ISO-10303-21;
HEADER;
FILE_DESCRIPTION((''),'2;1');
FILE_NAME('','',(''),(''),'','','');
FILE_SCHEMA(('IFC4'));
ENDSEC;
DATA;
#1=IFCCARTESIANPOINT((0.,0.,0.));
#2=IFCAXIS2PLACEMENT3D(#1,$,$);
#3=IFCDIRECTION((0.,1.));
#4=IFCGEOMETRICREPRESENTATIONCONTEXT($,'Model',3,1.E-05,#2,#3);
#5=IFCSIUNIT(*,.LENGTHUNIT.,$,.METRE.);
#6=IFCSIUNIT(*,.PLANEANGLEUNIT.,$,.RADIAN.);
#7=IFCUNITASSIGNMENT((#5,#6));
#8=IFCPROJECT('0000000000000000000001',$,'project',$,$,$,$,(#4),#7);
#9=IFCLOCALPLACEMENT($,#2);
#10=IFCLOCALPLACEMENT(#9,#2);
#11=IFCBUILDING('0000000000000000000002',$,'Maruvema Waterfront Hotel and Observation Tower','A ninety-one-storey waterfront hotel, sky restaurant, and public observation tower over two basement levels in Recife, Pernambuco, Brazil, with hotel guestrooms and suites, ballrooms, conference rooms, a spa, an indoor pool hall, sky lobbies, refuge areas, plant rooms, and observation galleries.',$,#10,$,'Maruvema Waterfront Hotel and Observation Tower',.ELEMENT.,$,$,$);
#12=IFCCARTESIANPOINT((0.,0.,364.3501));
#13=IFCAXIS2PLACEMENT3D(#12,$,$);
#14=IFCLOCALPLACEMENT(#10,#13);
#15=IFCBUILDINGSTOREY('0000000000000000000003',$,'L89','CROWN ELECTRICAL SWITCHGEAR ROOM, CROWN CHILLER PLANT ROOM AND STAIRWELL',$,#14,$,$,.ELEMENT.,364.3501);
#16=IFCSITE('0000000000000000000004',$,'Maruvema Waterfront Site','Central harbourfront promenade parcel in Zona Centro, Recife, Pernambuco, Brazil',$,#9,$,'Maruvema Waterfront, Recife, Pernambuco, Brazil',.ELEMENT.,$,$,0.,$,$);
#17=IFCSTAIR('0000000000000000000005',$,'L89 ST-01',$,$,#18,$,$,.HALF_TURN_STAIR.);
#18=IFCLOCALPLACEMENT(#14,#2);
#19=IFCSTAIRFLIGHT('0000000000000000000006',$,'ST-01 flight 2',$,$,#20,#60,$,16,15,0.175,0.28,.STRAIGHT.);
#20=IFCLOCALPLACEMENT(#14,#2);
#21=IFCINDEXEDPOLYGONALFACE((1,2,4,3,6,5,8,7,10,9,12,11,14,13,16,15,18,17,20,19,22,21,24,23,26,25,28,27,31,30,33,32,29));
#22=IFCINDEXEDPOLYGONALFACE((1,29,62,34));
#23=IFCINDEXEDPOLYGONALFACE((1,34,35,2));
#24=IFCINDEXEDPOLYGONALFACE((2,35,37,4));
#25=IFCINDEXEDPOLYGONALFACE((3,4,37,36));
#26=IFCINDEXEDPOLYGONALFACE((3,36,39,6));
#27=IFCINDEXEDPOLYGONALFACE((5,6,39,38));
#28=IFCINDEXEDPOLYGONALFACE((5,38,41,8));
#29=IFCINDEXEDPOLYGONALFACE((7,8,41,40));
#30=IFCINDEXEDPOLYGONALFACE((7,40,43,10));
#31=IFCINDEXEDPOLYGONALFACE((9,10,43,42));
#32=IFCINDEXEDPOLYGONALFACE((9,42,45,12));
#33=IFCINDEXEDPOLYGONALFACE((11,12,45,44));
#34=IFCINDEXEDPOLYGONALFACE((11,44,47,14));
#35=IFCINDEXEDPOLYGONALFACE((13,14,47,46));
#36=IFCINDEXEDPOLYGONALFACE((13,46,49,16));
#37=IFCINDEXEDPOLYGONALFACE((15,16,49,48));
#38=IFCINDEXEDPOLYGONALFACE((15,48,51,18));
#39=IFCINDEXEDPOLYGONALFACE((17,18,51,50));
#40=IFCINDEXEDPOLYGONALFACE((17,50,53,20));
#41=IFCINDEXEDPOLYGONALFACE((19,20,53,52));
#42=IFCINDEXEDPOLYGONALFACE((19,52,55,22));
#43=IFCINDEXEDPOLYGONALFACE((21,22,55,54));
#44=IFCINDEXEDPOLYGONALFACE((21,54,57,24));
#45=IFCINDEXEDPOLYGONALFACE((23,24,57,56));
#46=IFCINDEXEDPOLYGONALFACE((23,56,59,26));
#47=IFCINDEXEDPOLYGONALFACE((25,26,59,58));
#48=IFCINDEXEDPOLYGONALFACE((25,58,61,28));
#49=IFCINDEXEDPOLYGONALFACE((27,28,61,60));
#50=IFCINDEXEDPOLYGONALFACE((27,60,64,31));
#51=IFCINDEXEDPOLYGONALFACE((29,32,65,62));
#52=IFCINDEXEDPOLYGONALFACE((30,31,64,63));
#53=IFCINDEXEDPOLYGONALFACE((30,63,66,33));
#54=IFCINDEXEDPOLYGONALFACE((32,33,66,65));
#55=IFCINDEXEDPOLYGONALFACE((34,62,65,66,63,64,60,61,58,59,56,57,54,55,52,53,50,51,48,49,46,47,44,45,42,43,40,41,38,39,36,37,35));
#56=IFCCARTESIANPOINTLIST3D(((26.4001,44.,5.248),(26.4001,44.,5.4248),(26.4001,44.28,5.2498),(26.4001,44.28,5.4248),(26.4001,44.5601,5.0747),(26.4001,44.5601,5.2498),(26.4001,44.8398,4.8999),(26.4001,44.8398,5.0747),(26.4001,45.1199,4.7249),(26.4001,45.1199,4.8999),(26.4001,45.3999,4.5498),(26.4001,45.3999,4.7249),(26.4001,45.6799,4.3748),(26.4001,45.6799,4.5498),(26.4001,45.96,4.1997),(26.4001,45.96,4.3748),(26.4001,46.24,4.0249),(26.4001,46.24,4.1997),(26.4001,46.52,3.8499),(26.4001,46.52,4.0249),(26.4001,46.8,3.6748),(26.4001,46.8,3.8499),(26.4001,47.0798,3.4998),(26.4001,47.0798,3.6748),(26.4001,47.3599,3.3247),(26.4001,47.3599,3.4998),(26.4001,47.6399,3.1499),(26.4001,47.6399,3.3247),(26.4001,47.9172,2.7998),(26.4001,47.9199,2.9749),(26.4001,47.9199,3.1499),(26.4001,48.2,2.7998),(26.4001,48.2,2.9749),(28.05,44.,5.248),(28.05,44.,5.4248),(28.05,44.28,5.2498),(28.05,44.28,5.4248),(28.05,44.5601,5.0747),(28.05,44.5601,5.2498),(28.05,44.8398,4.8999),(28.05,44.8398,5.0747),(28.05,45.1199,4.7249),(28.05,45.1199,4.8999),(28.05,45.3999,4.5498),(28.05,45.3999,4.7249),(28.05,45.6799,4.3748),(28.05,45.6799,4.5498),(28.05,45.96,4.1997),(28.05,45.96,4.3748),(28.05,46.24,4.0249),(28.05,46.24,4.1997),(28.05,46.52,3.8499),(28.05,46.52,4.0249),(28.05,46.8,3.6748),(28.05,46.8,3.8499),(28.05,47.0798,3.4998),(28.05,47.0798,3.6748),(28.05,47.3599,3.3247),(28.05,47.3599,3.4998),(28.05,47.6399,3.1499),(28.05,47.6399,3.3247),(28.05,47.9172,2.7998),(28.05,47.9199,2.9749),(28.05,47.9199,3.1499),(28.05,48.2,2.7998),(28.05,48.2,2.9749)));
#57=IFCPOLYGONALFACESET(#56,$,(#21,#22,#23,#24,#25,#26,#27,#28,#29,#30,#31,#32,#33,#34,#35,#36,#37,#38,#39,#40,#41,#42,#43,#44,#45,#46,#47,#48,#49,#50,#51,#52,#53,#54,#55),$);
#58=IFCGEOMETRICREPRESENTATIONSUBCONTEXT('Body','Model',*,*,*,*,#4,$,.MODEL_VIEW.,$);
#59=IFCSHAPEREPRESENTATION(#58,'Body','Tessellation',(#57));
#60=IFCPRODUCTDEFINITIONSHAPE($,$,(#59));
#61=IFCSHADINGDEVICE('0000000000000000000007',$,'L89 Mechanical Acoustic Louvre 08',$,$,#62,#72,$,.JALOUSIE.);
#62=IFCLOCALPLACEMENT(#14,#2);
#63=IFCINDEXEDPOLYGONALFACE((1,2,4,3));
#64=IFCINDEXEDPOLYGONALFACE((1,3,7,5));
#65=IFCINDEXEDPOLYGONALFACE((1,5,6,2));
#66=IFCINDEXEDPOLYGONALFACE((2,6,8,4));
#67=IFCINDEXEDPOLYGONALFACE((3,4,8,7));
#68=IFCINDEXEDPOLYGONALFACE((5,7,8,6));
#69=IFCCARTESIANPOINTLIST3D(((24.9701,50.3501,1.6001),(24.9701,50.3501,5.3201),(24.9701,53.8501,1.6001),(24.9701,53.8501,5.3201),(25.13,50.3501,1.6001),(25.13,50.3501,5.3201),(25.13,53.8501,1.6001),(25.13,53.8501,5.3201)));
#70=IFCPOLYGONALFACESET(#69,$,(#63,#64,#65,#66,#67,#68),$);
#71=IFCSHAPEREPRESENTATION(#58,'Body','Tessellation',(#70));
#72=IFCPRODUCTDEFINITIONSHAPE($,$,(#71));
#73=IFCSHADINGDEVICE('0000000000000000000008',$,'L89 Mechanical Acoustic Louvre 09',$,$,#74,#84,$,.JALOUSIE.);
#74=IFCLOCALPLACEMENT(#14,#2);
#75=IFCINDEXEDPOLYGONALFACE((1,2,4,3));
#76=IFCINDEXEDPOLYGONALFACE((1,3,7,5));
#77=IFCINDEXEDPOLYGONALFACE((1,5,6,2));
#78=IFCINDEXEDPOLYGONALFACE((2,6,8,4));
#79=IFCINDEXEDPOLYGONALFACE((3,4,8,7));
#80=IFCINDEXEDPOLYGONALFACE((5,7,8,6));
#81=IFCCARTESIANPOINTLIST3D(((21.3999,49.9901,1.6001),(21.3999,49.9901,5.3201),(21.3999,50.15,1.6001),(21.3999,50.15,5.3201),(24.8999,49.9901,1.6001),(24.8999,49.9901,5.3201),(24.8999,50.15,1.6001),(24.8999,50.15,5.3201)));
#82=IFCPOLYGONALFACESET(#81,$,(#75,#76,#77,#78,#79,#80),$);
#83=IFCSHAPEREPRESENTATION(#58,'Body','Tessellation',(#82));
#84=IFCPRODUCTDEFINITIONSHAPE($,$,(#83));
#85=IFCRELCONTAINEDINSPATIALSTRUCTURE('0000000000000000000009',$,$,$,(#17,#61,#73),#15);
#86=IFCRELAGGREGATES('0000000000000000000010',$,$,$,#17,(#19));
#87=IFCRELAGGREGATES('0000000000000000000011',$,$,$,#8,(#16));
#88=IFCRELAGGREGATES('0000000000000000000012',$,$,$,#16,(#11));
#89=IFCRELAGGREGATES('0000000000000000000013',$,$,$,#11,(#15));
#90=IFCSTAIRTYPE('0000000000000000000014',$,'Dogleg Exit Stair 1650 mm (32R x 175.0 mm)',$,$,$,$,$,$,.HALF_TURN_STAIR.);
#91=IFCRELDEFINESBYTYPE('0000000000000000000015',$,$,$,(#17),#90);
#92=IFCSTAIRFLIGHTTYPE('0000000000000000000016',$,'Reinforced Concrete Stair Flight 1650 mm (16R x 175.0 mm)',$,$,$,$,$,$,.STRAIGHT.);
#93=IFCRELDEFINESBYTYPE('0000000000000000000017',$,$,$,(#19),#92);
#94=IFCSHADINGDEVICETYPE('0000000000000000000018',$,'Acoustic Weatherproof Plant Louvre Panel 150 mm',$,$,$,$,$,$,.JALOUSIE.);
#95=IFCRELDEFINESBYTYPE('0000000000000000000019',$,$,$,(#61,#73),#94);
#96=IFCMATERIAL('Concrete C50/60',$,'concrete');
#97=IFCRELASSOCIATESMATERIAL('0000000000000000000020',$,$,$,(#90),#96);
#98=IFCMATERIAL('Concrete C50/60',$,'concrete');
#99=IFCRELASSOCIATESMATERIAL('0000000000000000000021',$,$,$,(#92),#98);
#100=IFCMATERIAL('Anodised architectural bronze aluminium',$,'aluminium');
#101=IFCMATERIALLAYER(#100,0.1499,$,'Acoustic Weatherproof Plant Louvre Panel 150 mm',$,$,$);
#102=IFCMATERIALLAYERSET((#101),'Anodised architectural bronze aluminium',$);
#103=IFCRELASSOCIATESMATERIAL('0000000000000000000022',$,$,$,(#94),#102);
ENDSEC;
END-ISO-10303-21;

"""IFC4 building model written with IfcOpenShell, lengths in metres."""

from ifc_helpers import new_model, si_unit, direction, frame, origin, origin_2d, place, context, subcontext, project, spatial, polyline, rectangle, outline, extrude, material, layer, layer_set, type_object, element, aggregate, save


model = new_model("IFC4")

# Units and contexts
model_context = context("Model", 3, precision=1e-05, world=origin(), true_north=direction((0.0, 1.0)))
body_context = subcontext(model_context, "Body", "Model", "MODEL_VIEW")
ifc_project = project(units=[si_unit("LENGTHUNIT", "METRE"), si_unit("PLANEANGLEUNIT", "RADIAN")], contexts=[model_context])

# Site, building, storey
site_placement = place(None, origin())
site = spatial("IfcSite", under=ifc_project, at=site_placement, Name="Maruvema Waterfront Site", Description="Central harbourfront promenade parcel in Zona Centro, Recife, Pernambuco, Brazil", LongName="Maruvema Waterfront, Recife, Pernambuco, Brazil", CompositionType="ELEMENT", RefElevation=0.0)
building_placement = place(site_placement, origin())
building = spatial("IfcBuilding", under=site, at=building_placement, Name="Maruvema Waterfront Hotel and Observation Tower", Description="A ninety-one-storey waterfront hotel, sky restaurant, and public observation tower over two basement levels in Recife, Pernambuco, Brazil, with hotel guestrooms and suites, ballrooms, conference rooms, a spa, an indoor pool hall, sky lobbies, refuge areas, plant rooms, and observation galleries.", LongName="Maruvema Waterfront Hotel and Observation Tower", CompositionType="ELEMENT")
storey_placement = place(building_placement, frame((0.0, 0.0, 364.3501)))
storey = spatial("IfcBuildingStorey", under=building, at=storey_placement, Name="L89", Description="CROWN ELECTRICAL SWITCHGEAR ROOM, CROWN CHILLER PLANT ROOM AND STAIRWELL", CompositionType="ELEMENT", Elevation=364.3501)

# Stair, stair flight
ifc_material_1 = material(Name="Concrete C50/60", Category="concrete")
stair_type = type_object("IfcStairType", Name="Dogleg Exit Stair 1650 mm (32R x 175.0 mm)", PredefinedType="HALF_TURN_STAIR", material=ifc_material_1)
stair_placement = place(storey_placement, origin())
stair = element("IfcStair", 1, at=stair_placement, inside=storey, type_object=stair_type, Name="L89 ST-01", PredefinedType="HALF_TURN_STAIR")
ifc_material_2 = material(Name="Concrete C50/60", Category="concrete")
stair_flight_type = type_object("IfcStairFlightType", Name="Reinforced Concrete Stair Flight 1650 mm (16R x 175.0 mm)", PredefinedType="STRAIGHT", material=ifc_material_2)
stair_flight_placement = place(storey_placement, frame((27.2251, 48.2, 2.7998), z_axis=(0.0, 0.0, 1.0), x_axis=(0.0, -1.0, 0.0)))
stair_flight = element("IfcStairFlight", 2, at=stair_flight_placement, type_object=stair_flight_type, Name="ST-01 flight 2", NumberOfRisers=16, NumberOfTreads=15, PredefinedType="STRAIGHT", RiserHeight=0.175, TreadLength=0.28, context=body_context, shape_type="SweptSolid", body=[
    extrude(outline(polyline([(0.0, 0.0), (0.0, 0.175), (0.28, 0.175), (0.28, 0.3501), (0.5601, 0.3501), (0.5601, 0.5249), (0.8401, 0.5249), (0.8401, 0.7), (1.1201, 0.7), (1.1201, 0.875), (1.3999, 0.875), (1.3999, 1.05), (1.6799, 1.05), (1.6799, 1.2251), (1.96, 1.2251), (1.96, 1.3999), (2.24, 1.3999), (2.24, 1.575), (2.52, 1.575), (2.52, 1.75), (2.8, 1.75), (2.8, 1.925), (3.0801, 1.925), (3.0801, 2.1001), (3.3601, 2.1001), (3.3601, 2.2749), (3.6399, 2.2749), (3.6399, 2.45), (3.9199, 2.45), (3.9199, 2.625), (4.2, 2.625), (4.2, 2.8), (4.2, 2.4482), (0.2827, 0.0), (0.0, 0.0)])), frame((0.0, 0.825, 0.0), z_axis=(0.0, -1.0, 0.0), x_axis=(1.0, 0.0, 0.0)), (0.0, 0.0, 1.0), 1.6499),
])
aggregate(stair, [stair_flight])

# Shading devices
ifc_material_3 = material(Name="Anodised architectural bronze aluminium", Category="aluminium")
ifc_layer_1 = layer(ifc_material_3, 0.1499, Name="Acoustic Weatherproof Plant Louvre Panel 150 mm")
ifc_layer_set_1 = layer_set([ifc_layer_1], Name="Anodised architectural bronze aluminium")
shading_device_type = type_object("IfcShadingDeviceType", Name="Acoustic Weatherproof Plant Louvre Panel 150 mm", PredefinedType="JALOUSIE", material=ifc_layer_set_1)
for number, where, z_axis, x_axis, name in (
    (3, (25.05, 52.1001, 1.6001), (0.0, 0.0, 1.0), (0.0, -1.0, 0.0), "L89 Mechanical Acoustic Louvre 08"),
    (4, (23.1499, 50.0701, 1.6001), (0.0, 0.0, 1.0), (-1.0, 0.0, 0.0), "L89 Mechanical Acoustic Louvre 09"),
):
    element("IfcShadingDevice", number, at=place(storey_placement, frame(where, z_axis=z_axis, x_axis=x_axis)), inside=storey, type_object=shading_device_type, Name=name, PredefinedType="JALOUSIE", context=body_context, shape_type="SweptSolid", body=[
        extrude(rectangle(XDim=3.5, YDim=0.1599, at=origin_2d()), origin(), (0.0, 0.0, 1.0), 3.72),
    ])

save(model, "model.ifc")
